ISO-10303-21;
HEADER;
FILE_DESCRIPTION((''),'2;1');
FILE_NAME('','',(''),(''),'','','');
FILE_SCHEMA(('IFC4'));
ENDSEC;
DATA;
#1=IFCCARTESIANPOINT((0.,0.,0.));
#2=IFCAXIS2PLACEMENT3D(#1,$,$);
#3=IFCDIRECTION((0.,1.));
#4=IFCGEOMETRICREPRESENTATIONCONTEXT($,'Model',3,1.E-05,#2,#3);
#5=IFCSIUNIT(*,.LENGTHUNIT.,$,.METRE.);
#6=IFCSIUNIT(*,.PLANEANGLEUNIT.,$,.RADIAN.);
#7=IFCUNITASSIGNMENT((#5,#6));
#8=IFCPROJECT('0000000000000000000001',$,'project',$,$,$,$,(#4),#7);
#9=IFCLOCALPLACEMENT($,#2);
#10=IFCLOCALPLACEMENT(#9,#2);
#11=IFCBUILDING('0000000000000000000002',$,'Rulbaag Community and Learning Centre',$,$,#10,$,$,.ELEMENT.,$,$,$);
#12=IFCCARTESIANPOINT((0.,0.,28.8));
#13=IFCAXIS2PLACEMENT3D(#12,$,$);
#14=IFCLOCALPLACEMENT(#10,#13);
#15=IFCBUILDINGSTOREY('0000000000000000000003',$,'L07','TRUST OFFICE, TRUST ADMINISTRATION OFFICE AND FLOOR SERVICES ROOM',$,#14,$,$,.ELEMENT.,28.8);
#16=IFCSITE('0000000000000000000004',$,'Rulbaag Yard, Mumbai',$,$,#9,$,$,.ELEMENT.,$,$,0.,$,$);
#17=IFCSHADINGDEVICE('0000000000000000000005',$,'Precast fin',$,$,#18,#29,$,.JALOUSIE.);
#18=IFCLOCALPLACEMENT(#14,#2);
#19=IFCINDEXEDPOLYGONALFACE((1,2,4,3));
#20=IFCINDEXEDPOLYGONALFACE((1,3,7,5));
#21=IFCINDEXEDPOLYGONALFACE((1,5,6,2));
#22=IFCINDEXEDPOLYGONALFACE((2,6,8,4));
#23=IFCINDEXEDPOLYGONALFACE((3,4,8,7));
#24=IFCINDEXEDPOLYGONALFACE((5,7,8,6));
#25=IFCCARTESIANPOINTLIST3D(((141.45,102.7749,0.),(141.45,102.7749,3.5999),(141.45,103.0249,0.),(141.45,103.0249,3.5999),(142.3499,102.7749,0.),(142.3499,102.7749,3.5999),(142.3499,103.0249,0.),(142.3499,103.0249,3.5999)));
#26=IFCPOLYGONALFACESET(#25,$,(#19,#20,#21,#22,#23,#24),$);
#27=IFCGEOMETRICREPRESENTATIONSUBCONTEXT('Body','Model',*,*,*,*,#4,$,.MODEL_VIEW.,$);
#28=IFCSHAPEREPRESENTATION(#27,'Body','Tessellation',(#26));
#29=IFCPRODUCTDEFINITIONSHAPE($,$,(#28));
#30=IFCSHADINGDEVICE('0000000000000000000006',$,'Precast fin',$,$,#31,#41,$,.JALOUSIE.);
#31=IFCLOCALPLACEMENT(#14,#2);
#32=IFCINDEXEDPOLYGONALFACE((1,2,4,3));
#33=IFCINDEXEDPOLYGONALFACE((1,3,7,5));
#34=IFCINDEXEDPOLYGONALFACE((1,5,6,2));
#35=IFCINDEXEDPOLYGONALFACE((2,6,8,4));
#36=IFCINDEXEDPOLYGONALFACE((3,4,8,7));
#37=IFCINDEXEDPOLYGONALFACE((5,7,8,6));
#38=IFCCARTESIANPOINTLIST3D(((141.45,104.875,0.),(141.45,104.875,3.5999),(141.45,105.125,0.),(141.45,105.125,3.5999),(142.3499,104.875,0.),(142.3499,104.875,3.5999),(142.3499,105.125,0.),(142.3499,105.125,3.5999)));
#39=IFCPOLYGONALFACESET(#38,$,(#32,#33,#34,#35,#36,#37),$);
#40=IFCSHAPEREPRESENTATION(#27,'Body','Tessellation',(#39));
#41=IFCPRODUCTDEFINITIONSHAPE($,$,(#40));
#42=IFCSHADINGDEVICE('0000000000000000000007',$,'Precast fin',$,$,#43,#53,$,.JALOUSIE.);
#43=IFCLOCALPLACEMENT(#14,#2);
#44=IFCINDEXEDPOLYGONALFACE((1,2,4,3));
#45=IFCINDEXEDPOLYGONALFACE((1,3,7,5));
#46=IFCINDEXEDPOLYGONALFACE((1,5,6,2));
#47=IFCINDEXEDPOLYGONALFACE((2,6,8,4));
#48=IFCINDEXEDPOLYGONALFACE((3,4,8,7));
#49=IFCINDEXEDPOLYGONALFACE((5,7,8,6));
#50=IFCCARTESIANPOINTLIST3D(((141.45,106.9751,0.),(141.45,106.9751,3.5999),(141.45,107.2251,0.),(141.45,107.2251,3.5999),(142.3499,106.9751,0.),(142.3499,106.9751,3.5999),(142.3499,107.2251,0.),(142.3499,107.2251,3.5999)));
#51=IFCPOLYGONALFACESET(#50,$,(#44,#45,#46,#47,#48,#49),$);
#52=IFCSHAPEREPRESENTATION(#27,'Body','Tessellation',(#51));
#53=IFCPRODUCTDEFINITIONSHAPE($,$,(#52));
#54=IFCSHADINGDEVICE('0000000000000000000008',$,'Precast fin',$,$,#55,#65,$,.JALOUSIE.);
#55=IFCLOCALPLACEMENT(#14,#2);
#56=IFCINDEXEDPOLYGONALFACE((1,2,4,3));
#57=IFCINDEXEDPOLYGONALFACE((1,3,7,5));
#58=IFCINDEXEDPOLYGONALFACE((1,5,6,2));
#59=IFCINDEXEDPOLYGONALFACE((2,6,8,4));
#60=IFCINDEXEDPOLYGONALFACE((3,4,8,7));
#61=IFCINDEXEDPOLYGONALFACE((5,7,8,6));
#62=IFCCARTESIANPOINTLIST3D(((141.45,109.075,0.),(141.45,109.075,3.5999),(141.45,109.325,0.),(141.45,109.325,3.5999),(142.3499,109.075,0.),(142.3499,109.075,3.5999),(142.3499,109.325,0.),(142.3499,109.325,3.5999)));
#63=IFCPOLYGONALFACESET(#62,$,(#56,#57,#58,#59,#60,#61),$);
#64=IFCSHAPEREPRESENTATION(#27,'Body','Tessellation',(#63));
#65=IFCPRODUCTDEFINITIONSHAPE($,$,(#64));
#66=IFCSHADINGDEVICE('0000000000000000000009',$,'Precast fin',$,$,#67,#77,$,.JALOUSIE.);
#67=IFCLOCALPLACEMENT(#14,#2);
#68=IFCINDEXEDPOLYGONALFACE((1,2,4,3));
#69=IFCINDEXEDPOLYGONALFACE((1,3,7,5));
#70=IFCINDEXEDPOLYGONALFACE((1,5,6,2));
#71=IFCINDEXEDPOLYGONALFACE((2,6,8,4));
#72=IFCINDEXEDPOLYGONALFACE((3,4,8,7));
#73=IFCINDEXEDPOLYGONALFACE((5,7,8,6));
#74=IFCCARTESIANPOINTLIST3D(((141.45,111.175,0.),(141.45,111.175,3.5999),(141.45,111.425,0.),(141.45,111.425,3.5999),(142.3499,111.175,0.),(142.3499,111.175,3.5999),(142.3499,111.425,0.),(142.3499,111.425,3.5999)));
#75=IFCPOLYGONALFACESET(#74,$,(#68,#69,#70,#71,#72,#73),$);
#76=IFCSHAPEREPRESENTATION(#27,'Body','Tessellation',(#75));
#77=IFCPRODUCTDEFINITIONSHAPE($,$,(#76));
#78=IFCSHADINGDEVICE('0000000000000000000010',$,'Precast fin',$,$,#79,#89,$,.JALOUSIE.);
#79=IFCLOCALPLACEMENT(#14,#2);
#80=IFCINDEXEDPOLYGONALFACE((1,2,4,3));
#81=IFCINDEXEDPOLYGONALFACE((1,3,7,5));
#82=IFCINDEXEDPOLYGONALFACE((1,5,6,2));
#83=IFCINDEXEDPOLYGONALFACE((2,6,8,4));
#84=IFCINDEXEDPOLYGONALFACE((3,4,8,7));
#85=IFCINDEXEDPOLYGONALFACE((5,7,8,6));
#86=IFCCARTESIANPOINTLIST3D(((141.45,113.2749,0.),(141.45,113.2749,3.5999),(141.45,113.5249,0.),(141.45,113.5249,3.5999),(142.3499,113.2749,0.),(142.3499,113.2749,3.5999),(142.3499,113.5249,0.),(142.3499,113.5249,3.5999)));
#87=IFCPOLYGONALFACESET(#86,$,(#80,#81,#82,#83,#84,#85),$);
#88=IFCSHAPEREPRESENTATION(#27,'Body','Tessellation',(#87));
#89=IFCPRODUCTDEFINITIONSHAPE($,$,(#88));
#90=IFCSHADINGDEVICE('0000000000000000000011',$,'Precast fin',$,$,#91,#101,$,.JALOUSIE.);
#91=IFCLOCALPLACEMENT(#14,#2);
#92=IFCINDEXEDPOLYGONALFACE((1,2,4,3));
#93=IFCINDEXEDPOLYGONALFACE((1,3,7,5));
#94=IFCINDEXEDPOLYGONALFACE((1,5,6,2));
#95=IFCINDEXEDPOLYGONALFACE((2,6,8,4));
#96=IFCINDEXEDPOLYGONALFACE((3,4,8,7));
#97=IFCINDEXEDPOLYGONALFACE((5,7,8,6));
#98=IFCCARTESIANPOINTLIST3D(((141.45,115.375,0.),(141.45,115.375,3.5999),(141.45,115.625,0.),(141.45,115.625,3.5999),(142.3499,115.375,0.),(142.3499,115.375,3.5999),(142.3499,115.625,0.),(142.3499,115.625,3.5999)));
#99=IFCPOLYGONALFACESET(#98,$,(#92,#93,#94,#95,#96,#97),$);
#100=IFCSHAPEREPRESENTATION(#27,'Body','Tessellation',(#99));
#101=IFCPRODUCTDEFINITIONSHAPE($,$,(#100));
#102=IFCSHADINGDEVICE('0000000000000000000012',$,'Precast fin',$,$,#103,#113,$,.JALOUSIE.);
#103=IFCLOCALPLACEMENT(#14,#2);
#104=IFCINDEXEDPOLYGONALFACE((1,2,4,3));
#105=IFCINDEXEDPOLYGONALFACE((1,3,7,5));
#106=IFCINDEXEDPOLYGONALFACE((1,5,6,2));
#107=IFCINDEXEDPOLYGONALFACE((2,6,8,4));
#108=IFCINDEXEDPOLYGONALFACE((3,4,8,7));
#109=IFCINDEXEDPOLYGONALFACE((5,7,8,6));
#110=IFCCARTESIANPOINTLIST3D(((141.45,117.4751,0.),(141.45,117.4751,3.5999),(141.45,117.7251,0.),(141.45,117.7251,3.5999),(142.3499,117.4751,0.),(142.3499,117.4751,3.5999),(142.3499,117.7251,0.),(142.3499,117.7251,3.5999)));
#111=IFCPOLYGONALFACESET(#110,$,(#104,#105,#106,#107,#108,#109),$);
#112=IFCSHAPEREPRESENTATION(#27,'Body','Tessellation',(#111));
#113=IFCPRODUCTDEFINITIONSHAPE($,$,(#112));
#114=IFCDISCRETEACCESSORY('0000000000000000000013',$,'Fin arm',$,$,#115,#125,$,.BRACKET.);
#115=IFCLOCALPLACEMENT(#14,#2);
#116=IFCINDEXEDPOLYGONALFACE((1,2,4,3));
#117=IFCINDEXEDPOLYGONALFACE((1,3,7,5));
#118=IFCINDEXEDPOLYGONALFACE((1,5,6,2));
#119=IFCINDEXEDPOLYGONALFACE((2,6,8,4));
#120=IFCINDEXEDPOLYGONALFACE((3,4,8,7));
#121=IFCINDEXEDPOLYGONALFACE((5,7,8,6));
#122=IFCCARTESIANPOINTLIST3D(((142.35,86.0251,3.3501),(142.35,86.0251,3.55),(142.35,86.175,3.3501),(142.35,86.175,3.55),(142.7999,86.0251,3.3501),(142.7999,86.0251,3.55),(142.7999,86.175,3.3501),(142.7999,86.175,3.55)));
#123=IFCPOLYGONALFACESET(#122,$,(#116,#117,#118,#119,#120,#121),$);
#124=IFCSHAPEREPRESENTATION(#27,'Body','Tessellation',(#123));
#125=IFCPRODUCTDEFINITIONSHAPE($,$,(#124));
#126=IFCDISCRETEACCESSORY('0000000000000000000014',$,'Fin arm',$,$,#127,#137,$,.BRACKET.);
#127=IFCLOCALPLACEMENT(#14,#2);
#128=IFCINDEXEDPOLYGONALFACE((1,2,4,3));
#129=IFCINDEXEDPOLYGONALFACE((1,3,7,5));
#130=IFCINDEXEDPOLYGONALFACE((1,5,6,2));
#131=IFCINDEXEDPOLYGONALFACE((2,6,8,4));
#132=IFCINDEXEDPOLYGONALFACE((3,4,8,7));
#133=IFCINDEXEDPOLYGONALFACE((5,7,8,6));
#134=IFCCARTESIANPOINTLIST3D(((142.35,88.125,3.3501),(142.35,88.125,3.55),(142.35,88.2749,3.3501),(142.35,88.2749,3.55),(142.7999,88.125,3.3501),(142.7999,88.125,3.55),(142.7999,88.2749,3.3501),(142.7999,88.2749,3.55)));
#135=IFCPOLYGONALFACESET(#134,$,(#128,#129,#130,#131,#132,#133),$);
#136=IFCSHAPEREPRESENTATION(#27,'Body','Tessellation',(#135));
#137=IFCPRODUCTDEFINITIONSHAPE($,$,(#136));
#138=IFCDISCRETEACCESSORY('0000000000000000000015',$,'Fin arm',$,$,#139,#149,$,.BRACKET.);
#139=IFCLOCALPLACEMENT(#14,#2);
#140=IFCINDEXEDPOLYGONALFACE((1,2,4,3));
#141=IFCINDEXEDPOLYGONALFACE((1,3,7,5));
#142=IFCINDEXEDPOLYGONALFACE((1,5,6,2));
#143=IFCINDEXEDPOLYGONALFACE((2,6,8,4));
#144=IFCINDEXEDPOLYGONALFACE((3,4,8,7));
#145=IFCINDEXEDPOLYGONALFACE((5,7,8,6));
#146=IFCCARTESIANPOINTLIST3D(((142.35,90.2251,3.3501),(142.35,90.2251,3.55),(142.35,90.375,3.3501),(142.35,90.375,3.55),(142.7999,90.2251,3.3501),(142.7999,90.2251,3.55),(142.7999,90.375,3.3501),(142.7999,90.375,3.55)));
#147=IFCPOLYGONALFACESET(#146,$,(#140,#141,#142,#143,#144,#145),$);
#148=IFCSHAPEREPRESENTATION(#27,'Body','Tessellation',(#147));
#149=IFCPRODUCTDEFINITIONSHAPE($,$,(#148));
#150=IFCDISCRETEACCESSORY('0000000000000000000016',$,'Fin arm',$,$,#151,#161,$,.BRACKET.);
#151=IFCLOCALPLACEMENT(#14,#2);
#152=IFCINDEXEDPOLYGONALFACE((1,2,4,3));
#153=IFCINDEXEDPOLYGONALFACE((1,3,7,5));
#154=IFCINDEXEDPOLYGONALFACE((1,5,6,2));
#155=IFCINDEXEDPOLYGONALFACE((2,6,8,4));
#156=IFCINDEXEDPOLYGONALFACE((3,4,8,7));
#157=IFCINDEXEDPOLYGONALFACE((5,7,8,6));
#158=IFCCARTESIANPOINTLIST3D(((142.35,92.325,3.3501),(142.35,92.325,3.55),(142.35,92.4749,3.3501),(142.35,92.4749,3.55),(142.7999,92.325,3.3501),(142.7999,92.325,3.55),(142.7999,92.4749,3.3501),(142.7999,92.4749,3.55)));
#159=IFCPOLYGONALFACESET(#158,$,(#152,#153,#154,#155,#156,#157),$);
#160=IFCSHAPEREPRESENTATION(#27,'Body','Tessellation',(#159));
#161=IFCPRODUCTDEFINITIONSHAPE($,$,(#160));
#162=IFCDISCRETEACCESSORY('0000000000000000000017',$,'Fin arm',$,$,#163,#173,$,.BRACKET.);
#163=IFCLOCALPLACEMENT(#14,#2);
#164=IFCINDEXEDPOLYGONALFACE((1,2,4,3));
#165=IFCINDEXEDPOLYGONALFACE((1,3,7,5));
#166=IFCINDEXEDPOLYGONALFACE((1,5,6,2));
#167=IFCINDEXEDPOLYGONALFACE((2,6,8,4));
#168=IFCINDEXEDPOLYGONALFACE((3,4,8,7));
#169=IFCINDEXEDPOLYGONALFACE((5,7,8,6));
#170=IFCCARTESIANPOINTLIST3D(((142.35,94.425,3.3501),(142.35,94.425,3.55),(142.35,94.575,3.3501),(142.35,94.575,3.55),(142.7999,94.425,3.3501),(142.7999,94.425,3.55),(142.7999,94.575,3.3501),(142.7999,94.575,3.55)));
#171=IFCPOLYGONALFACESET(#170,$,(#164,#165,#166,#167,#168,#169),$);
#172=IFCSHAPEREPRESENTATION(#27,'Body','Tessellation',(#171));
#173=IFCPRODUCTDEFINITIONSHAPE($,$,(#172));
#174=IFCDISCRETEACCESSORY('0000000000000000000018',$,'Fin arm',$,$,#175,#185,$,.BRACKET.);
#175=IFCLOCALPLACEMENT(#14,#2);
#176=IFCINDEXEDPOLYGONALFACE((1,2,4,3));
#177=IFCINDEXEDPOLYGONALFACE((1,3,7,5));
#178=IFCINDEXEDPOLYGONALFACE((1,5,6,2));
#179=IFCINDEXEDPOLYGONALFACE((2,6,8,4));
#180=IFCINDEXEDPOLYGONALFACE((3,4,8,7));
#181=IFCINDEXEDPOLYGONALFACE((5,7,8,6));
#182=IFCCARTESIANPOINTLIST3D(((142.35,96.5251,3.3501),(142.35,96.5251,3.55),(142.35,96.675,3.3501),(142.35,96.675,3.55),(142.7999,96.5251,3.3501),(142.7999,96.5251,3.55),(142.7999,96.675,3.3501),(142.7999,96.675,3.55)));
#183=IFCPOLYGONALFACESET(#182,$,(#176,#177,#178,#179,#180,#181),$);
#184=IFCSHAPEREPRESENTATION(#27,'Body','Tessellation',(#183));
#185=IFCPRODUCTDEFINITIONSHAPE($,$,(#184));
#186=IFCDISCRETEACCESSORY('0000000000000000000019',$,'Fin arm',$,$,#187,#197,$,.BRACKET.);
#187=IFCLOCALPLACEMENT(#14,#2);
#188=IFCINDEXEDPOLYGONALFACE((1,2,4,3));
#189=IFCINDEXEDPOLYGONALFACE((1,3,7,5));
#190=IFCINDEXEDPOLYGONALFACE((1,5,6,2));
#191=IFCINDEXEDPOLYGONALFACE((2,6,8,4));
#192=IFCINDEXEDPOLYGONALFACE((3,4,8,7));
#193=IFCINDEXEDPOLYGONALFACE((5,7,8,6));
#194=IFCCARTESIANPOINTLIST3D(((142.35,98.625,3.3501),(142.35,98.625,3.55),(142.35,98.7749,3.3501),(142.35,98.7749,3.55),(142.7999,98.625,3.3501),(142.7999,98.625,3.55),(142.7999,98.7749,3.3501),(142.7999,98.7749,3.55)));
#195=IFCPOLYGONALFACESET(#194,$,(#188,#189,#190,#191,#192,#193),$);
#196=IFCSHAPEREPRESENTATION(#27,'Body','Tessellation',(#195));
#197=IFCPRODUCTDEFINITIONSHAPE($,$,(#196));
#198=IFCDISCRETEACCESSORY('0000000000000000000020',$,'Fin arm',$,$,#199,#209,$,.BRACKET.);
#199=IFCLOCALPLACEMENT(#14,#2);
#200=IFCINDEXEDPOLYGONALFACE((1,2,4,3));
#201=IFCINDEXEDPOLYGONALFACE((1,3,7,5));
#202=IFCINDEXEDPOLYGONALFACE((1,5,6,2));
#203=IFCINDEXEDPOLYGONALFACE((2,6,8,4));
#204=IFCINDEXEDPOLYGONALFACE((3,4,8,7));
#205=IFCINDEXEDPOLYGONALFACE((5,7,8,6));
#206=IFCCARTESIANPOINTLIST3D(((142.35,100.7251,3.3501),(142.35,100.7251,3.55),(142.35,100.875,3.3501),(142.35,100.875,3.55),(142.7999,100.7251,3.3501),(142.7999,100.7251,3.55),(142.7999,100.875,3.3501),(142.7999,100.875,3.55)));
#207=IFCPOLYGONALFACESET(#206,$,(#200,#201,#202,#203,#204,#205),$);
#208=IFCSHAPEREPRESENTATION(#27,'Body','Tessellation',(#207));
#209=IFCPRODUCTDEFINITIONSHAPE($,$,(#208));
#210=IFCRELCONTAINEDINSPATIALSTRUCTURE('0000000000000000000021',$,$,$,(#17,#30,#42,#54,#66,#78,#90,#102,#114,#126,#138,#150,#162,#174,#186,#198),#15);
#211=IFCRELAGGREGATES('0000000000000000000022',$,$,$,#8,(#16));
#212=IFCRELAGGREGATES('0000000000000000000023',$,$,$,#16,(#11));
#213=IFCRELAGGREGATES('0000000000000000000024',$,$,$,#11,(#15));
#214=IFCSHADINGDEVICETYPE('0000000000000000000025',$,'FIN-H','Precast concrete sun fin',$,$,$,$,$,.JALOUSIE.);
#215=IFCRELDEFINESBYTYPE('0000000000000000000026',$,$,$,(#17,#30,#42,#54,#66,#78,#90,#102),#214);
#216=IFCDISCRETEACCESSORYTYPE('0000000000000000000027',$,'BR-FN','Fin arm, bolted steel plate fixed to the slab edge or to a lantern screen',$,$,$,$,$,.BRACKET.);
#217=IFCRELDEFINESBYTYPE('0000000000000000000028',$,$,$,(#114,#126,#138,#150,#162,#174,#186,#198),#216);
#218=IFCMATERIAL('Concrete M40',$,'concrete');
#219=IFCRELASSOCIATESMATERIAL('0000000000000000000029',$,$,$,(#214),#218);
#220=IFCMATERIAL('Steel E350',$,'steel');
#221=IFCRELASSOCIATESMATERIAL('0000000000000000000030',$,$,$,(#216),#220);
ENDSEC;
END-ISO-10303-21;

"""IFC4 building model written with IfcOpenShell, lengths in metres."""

from ifc_helpers import new_model, si_unit, direction, frame, origin, origin_2d, place, context, subcontext, project, spatial, rectangle, extrude, material, material_profile, profile_set, type_object, element, save


model = new_model("IFC4")

# Units and contexts
model_context = context("Model", 3, precision=1e-05, world=origin(), true_north=direction((0.0, 1.0)))
body_context = subcontext(model_context, "Body", "Model", "MODEL_VIEW")
ifc_project = project(units=[si_unit("LENGTHUNIT", "METRE"), si_unit("PLANEANGLEUNIT", "RADIAN")], contexts=[model_context])

# Site, building, storey
site_placement = place(None, origin())
site = spatial("IfcSite", under=ifc_project, at=site_placement, Name="Rulbaag Yard, Mumbai", CompositionType="ELEMENT", RefElevation=0.0)
building_placement = place(site_placement, origin())
building = spatial("IfcBuilding", under=site, at=building_placement, Name="Rulbaag Community and Learning Centre", CompositionType="ELEMENT")
storey_placement = place(building_placement, frame((0.0, 0.0, 28.8)))
storey = spatial("IfcBuildingStorey", under=building, at=storey_placement, Name="L07", Description="TRUST OFFICE, TRUST ADMINISTRATION OFFICE AND FLOOR SERVICES ROOM", CompositionType="ELEMENT", Elevation=28.8)

# Shared definitions
ifc_material_1 = material(Name="Concrete M40", Category="concrete")

# Shading devices
ifc_material_profile = material_profile(ifc_material_1, rectangle(XDim=0.25, YDim=0.8999, at=origin_2d()), Name="PC 250x900")
ifc_profile_set = profile_set([ifc_material_profile], Name="Concrete M40")
shading_device_type = type_object("IfcShadingDeviceType", Name="FIN-H", Description="Precast concrete sun fin", PredefinedType="JALOUSIE", material=ifc_profile_set)
for number, where, z_axis, x_axis, name in (
    (1, (141.8999, 102.8999, 0.0), (0.0, 0.0, 1.0), (0.0, 1.0, 0.0), "Precast fin"),
    (2, (141.8999, 105.0, 0.0), (0.0, 0.0, 1.0), (0.0, 1.0, 0.0), "Precast fin"),
    (3, (141.8999, 107.1001, 0.0), (0.0, 0.0, 1.0), (0.0, 1.0, 0.0), "Precast fin"),
    (4, (141.8999, 109.2, 0.0), (0.0, 0.0, 1.0), (0.0, 1.0, 0.0), "Precast fin"),
    (5, (141.8999, 111.3, 0.0), (0.0, 0.0, 1.0), (0.0, 1.0, 0.0), "Precast fin"),
    (6, (141.8999, 113.3999, 0.0), (0.0, 0.0, 1.0), (0.0, 1.0, 0.0), "Precast fin"),
    (7, (141.8999, 115.5, 0.0), (0.0, 0.0, 1.0), (0.0, 1.0, 0.0), "Precast fin"),
    (8, (141.8999, 117.6001, 0.0), (0.0, 0.0, 1.0), (0.0, 1.0, 0.0), "Precast fin"),
):
    element("IfcShadingDevice", number, at=place(storey_placement, frame(where, z_axis=z_axis, x_axis=x_axis)), inside=storey, type_object=shading_device_type, Name=name, PredefinedType="JALOUSIE", context=body_context, shape_type="SweptSolid", body=[
        extrude(rectangle(XDim=0.25, YDim=0.8999, at=origin_2d()), origin(), (0.0, 0.0, 1.0), 3.5999),
    ])

# Discrete accessories
ifc_material_2 = material(Name="Steel E350", Category="steel")
discrete_accessory_type = type_object("IfcDiscreteAccessoryType", Name="BR-FN", Description="Fin arm, bolted steel plate fixed to the slab edge or to a lantern screen", PredefinedType="BRACKET", material=ifc_material_2)
for number, where, z_axis, x_axis, name in (
    (9, (142.575, 86.1001, 3.3501), (0.0, 0.0, 1.0), (1.0, 0.0, 0.0), "Fin arm"),
    (10, (142.575, 88.2, 3.3501), (0.0, 0.0, 1.0), (1.0, 0.0, 0.0), "Fin arm"),
    (11, (142.575, 90.3, 3.3501), (0.0, 0.0, 1.0), (1.0, 0.0, 0.0), "Fin arm"),
    (12, (142.575, 92.3999, 3.3501), (0.0, 0.0, 1.0), (1.0, 0.0, 0.0), "Fin arm"),
    (13, (142.575, 94.5, 3.3501), (0.0, 0.0, 1.0), (1.0, 0.0, 0.0), "Fin arm"),
    (14, (142.575, 96.6001, 3.3501), (0.0, 0.0, 1.0), (1.0, 0.0, 0.0), "Fin arm"),
    (15, (142.575, 98.7, 3.3501), (0.0, 0.0, 1.0), (1.0, 0.0, 0.0), "Fin arm"),
    (16, (142.575, 100.8, 3.3501), (0.0, 0.0, 1.0), (1.0, 0.0, 0.0), "Fin arm"),
):
    element("IfcDiscreteAccessory", number, at=place(storey_placement, frame(where, z_axis=z_axis, x_axis=x_axis)), inside=storey, type_object=discrete_accessory_type, Name=name, PredefinedType="BRACKET", context=body_context, shape_type="SweptSolid", body=[
        extrude(rectangle(XDim=0.45, YDim=0.1499, at=origin_2d()), origin(), (0.0, 0.0, 1.0), 0.2),
    ])

save(model, "model.ifc")
